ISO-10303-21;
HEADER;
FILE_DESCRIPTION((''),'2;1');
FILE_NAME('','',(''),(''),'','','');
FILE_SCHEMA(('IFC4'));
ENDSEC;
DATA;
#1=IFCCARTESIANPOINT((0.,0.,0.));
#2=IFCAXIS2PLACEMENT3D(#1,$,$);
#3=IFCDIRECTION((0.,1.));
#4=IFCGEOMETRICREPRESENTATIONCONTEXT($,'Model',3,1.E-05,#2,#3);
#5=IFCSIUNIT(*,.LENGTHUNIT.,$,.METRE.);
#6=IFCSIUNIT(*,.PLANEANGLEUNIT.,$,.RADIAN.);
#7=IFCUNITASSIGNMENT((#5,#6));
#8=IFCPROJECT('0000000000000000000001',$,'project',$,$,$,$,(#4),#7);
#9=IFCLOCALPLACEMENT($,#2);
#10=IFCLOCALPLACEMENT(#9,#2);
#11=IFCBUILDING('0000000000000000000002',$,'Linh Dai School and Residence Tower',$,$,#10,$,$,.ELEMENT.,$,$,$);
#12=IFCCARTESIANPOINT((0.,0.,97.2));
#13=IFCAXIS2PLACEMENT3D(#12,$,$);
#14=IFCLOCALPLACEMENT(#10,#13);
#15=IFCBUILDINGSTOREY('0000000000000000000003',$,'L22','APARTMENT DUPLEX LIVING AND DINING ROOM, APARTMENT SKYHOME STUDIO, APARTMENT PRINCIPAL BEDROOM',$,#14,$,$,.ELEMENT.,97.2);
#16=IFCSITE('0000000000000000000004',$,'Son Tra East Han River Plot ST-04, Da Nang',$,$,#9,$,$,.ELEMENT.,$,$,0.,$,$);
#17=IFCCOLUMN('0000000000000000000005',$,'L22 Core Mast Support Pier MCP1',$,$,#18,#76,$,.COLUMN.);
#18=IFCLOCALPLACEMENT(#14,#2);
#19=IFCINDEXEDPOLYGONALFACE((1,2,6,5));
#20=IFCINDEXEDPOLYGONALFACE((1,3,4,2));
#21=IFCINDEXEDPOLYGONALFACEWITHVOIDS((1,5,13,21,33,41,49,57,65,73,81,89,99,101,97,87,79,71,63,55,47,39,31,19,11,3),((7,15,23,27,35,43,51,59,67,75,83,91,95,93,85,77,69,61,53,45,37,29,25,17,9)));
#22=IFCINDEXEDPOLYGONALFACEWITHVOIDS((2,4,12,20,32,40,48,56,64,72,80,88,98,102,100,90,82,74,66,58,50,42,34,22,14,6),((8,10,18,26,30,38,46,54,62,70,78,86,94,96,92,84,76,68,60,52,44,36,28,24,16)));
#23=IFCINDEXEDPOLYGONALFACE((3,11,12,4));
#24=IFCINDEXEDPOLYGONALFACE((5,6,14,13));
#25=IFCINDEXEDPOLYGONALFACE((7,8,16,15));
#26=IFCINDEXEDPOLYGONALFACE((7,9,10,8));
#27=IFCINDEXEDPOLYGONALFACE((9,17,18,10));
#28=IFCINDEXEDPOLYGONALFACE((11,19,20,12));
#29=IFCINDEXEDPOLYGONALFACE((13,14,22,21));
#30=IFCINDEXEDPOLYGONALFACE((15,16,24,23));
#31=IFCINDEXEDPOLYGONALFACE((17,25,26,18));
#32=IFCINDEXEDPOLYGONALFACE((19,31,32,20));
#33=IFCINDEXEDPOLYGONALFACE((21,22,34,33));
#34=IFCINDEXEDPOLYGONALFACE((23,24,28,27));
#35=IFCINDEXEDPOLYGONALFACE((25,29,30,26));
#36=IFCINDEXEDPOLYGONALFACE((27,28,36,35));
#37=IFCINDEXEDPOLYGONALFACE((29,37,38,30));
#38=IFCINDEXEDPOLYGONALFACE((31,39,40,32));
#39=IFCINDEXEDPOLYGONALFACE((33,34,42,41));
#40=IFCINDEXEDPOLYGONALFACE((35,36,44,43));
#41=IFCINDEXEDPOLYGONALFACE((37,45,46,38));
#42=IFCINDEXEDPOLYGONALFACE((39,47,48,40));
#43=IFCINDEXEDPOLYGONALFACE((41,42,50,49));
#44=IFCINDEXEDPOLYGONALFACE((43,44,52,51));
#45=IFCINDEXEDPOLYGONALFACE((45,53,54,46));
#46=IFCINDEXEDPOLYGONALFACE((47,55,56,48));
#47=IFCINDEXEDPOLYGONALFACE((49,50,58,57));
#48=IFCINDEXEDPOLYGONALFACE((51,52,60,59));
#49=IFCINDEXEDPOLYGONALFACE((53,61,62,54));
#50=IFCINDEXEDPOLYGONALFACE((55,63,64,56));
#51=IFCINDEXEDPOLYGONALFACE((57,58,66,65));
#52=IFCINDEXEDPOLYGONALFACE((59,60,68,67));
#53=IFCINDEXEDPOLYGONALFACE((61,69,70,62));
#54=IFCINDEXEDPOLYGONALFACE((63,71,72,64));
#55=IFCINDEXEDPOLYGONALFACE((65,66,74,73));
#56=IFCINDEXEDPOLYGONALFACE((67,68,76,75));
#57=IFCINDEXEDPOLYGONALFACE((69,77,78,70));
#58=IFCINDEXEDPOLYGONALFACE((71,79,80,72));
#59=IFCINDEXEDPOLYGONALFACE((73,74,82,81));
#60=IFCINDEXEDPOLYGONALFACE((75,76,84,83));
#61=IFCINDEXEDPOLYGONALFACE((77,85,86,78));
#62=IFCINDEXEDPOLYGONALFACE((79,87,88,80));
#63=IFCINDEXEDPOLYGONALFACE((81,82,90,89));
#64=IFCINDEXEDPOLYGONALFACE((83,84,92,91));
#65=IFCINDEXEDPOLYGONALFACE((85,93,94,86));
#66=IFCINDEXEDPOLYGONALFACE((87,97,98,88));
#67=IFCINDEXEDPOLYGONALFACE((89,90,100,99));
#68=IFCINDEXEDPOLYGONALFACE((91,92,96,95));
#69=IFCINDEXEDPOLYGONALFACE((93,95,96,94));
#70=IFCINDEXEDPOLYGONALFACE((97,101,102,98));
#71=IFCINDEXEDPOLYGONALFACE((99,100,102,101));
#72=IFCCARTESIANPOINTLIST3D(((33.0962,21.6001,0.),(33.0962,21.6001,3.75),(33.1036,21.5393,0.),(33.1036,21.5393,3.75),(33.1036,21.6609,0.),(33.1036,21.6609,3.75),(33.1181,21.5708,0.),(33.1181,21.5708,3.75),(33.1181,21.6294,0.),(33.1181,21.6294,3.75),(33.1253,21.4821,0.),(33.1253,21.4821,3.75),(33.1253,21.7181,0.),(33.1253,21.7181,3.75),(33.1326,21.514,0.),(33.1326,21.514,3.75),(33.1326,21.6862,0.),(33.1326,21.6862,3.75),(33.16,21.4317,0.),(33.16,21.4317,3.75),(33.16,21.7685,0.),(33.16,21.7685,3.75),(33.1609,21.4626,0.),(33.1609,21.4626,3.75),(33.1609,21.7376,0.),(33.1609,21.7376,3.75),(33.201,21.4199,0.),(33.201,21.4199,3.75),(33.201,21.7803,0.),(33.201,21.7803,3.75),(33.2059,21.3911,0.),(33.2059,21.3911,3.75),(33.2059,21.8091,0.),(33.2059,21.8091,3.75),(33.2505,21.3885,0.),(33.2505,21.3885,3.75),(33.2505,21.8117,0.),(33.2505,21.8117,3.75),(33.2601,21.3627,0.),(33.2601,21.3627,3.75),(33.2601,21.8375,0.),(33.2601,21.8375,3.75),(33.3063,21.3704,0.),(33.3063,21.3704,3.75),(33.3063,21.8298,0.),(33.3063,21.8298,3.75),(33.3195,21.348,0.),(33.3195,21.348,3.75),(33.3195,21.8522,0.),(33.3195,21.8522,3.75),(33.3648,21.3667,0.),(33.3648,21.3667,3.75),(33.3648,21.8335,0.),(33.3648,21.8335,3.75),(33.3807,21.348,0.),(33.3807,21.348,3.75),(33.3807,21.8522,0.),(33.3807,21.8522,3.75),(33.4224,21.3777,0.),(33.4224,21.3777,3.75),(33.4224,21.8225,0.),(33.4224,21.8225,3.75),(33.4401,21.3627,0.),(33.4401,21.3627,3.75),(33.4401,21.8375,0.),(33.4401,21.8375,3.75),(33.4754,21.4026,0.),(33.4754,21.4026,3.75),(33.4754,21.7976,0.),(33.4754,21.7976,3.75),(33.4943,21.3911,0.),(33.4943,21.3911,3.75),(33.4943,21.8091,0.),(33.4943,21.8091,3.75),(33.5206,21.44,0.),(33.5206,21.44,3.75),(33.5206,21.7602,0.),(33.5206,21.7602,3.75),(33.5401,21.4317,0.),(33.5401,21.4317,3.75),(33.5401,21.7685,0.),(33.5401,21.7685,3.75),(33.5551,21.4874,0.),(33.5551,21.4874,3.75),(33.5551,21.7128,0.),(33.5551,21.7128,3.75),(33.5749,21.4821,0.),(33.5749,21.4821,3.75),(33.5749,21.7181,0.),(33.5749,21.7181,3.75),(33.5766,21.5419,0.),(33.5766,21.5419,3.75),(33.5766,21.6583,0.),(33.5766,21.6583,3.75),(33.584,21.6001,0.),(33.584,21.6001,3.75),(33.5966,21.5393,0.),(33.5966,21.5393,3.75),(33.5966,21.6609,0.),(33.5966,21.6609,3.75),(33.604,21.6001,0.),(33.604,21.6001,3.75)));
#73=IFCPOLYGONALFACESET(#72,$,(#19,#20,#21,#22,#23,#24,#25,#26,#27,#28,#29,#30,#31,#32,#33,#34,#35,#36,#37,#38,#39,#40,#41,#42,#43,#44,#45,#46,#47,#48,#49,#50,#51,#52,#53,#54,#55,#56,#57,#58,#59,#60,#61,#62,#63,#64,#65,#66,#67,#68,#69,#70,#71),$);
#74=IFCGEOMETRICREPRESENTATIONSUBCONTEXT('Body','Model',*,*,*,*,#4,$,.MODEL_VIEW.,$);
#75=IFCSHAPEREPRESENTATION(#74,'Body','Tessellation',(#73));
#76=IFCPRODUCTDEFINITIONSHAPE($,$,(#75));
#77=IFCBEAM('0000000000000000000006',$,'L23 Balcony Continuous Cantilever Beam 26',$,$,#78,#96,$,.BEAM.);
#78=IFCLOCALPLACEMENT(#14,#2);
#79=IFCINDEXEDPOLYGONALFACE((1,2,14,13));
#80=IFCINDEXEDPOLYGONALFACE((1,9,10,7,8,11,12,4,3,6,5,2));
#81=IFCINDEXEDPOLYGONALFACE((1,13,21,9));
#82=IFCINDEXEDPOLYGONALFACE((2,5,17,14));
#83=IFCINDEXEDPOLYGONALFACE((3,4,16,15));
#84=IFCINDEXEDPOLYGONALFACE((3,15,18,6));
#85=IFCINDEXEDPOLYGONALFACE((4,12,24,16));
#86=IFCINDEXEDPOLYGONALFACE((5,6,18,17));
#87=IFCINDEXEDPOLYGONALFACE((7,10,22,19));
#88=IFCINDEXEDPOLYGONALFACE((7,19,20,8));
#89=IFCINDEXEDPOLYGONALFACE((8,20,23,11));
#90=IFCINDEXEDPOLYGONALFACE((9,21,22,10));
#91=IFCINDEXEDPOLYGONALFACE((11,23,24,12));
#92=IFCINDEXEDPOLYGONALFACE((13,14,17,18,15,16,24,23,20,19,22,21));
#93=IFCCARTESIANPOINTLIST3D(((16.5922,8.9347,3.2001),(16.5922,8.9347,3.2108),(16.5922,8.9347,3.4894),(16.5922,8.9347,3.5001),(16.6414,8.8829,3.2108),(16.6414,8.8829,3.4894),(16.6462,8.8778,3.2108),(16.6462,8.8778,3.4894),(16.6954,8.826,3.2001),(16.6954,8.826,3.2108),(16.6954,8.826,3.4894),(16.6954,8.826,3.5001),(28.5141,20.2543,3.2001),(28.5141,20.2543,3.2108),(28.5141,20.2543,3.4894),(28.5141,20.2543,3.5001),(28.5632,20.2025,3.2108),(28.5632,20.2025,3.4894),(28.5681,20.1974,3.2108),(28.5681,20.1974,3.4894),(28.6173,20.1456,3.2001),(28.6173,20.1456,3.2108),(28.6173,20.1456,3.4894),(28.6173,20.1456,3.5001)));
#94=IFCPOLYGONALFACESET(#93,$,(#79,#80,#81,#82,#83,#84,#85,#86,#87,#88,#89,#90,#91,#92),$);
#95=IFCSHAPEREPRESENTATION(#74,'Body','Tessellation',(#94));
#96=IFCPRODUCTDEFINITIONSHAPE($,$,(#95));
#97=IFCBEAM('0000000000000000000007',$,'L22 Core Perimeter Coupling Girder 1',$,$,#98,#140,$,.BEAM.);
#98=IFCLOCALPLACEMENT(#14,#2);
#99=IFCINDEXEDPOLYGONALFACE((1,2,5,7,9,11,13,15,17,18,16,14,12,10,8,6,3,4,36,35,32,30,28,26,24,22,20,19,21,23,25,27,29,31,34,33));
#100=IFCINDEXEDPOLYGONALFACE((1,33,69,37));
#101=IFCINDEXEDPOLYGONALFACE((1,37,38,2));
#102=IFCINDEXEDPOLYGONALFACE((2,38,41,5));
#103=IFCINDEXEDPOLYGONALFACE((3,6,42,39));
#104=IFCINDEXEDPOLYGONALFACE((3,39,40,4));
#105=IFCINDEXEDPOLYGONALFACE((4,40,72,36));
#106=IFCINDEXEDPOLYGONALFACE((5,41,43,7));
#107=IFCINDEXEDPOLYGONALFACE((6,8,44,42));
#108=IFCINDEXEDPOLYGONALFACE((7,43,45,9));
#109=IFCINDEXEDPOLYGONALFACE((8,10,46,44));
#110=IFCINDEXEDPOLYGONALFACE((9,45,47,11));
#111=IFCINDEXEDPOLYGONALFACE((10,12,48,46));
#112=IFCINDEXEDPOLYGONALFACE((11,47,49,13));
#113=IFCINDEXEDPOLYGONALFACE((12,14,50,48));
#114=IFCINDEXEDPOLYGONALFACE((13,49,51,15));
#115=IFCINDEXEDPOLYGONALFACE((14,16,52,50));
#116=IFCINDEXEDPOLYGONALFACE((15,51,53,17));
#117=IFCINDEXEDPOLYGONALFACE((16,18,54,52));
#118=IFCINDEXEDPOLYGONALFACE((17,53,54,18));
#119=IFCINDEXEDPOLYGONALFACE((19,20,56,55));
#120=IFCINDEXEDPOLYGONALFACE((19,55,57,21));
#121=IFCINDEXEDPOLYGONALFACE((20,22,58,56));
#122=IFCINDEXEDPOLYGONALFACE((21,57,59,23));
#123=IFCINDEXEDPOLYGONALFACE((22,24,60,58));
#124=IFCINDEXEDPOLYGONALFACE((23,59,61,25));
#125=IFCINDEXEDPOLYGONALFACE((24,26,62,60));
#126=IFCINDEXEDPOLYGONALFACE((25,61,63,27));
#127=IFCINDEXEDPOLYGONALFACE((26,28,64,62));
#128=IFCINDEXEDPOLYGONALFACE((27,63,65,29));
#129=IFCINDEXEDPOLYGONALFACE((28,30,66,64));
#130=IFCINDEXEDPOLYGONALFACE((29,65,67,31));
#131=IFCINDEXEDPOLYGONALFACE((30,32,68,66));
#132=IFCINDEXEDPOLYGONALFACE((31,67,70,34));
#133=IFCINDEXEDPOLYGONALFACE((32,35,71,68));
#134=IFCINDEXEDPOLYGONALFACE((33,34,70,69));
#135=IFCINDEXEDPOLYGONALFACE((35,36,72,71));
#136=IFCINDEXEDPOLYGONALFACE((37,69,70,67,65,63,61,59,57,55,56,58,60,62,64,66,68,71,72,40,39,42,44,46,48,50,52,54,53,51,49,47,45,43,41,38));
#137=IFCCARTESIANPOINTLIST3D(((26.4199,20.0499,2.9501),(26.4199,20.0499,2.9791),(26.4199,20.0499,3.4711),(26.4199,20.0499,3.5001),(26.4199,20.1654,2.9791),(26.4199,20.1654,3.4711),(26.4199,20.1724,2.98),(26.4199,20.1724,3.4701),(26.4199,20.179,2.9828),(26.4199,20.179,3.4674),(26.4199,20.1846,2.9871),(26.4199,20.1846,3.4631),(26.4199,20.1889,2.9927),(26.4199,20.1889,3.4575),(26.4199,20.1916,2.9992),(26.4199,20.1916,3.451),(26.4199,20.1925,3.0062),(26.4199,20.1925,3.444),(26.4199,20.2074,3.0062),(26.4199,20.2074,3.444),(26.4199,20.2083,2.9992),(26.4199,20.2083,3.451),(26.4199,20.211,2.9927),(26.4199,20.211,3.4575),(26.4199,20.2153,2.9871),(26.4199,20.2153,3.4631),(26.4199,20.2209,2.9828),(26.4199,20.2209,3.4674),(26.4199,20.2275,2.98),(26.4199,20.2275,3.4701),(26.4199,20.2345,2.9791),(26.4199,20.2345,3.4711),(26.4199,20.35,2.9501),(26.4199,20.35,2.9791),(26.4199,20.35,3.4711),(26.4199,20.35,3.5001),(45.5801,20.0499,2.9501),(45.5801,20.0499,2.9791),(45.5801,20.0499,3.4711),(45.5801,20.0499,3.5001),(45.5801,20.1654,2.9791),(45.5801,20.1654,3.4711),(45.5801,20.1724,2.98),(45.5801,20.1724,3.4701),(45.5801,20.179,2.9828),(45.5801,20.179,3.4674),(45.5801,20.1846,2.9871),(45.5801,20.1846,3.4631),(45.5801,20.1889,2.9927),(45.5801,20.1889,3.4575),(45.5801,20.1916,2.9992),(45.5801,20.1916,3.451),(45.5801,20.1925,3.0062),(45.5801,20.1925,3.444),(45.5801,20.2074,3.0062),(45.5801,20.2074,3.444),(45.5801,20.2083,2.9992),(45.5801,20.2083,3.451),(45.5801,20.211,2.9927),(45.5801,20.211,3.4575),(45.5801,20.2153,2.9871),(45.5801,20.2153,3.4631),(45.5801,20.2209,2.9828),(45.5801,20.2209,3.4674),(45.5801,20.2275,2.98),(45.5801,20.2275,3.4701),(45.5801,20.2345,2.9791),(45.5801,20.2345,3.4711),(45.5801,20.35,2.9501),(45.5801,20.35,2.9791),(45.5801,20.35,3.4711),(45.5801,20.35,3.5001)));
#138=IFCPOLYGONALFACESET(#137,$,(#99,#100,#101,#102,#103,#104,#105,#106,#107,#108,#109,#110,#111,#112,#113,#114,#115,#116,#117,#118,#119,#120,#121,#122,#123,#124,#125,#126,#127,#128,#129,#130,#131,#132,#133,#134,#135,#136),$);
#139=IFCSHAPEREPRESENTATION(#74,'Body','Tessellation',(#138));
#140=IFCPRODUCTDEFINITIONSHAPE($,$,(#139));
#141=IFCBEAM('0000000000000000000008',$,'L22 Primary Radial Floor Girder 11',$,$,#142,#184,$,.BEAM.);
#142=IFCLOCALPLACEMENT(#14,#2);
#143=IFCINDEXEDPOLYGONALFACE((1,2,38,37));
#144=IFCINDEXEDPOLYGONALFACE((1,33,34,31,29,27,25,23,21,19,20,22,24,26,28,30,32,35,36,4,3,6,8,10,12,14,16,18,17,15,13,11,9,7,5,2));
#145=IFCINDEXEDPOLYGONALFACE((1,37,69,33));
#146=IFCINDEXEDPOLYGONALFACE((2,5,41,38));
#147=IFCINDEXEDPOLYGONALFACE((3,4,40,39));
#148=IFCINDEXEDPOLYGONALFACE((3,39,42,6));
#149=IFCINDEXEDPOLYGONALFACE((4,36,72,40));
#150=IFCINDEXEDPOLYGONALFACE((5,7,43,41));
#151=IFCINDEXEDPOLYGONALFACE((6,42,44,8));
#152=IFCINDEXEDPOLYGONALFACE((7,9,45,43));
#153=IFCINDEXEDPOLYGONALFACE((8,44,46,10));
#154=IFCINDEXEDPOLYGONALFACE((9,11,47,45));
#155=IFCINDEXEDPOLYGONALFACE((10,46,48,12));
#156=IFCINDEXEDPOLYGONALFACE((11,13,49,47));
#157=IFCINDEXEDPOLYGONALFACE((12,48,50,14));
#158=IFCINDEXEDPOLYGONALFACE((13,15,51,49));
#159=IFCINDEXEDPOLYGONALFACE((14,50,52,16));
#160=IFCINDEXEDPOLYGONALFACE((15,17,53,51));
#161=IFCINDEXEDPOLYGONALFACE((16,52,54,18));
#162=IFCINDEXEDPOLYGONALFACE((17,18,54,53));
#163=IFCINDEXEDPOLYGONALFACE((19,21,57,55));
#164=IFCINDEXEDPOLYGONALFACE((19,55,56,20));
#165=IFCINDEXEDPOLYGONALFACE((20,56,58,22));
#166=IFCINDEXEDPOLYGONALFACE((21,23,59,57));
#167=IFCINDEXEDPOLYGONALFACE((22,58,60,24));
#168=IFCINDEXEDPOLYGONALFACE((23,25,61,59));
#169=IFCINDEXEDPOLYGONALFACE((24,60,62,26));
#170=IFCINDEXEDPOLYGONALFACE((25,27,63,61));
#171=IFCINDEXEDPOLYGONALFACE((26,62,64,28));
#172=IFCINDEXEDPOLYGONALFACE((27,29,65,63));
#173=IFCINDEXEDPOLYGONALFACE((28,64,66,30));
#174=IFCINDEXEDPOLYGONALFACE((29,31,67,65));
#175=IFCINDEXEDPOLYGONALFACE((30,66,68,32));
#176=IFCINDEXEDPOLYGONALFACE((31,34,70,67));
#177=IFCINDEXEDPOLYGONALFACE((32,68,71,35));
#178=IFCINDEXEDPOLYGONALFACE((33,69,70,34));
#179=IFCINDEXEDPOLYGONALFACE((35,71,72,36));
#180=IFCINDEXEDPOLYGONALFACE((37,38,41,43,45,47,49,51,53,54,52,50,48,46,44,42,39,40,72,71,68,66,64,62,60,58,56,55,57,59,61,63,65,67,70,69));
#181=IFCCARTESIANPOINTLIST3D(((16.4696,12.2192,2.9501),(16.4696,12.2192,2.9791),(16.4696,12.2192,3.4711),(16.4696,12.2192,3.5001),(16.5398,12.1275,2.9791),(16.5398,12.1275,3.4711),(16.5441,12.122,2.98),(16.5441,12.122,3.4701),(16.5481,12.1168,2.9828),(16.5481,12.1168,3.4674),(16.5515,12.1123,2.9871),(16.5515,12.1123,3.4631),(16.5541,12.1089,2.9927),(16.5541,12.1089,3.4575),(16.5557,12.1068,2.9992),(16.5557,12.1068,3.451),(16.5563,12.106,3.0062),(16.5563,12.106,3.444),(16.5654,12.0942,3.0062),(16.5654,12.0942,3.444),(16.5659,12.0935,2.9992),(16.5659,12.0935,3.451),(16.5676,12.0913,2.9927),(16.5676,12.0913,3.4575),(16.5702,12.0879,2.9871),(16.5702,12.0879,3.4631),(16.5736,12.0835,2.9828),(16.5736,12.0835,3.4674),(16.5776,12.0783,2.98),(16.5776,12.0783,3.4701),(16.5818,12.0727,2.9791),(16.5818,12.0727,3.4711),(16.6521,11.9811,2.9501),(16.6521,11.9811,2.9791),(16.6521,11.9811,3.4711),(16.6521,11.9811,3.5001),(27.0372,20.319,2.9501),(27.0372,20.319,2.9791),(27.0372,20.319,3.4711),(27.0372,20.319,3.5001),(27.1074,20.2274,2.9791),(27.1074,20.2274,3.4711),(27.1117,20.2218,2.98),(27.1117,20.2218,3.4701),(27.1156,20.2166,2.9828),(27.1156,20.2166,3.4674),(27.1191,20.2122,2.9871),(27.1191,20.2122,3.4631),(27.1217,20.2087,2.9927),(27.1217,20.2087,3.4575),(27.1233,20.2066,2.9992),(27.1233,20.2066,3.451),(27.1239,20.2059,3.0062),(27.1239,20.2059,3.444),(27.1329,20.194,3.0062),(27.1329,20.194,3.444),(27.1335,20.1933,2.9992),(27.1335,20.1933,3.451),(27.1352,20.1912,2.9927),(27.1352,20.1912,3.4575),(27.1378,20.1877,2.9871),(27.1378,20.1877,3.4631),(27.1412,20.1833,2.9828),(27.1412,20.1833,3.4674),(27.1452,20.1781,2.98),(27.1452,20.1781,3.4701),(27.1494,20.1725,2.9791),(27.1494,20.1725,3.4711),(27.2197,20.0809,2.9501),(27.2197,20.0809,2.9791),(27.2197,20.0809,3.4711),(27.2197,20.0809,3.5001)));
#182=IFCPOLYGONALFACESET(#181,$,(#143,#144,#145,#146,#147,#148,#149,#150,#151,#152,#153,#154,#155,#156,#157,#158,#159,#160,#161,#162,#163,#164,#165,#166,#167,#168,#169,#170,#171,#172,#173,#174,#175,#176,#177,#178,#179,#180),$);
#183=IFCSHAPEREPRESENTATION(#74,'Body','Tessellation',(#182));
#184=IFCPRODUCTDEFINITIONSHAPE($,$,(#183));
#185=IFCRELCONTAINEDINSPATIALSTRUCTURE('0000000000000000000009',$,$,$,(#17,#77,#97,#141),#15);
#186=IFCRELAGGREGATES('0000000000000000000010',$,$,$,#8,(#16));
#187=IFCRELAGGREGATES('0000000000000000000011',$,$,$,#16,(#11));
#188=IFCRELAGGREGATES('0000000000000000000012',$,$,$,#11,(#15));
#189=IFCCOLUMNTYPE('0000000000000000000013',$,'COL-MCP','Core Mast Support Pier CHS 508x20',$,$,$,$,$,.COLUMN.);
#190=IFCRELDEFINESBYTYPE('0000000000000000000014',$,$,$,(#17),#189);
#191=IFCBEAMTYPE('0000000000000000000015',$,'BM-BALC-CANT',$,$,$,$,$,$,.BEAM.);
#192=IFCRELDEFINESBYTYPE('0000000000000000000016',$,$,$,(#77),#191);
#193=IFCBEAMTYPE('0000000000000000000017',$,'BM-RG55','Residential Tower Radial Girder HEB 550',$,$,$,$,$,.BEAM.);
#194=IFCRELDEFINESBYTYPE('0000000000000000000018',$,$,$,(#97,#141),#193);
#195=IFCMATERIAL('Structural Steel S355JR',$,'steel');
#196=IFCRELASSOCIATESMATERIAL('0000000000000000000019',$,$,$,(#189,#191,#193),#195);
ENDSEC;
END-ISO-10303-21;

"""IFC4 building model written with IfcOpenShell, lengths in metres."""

from ifc_helpers import new_model, si_unit, direction, frame, origin, origin_2d, place, context, subcontext, project, spatial, hollow_circle, i_section, extrude, material, material_profile, profile_set, type_object, element, save


model = new_model("IFC4")

# Units and contexts
model_context = context("Model", 3, precision=1e-05, world=origin(), true_north=direction((0.0, 1.0)))
body_context = subcontext(model_context, "Body", "Model", "MODEL_VIEW")
ifc_project = project(units=[si_unit("LENGTHUNIT", "METRE"), si_unit("PLANEANGLEUNIT", "RADIAN")], contexts=[model_context])

# Site, building, storey
site_placement = place(None, origin())
site = spatial("IfcSite", under=ifc_project, at=site_placement, Name="Son Tra East Han River Plot ST-04, Da Nang", CompositionType="ELEMENT", RefElevation=0.0)
building_placement = place(site_placement, origin())
building = spatial("IfcBuilding", under=site, at=building_placement, Name="Linh Dai School and Residence Tower", CompositionType="ELEMENT")
storey_placement = place(building_placement, frame((0.0, 0.0, 97.2)))
storey = spatial("IfcBuildingStorey", under=building, at=storey_placement, Name="L22", Description="APARTMENT DUPLEX LIVING AND DINING ROOM, APARTMENT SKYHOME STUDIO, APARTMENT PRINCIPAL BEDROOM", CompositionType="ELEMENT", Elevation=97.2)

# Column
ifc_material_1 = material(Name="Structural Steel S355JR", Category="steel")
ifc_material_profile_1 = material_profile(ifc_material_1, hollow_circle(Radius=0.2539, WallThickness=0.02, at=origin_2d()), Name="CHS 508x20")
ifc_profile_set_1 = profile_set([ifc_material_profile_1], Name="Structural Steel S355JR")
column_type = type_object("IfcColumnType", Name="COL-MCP", Description="Core Mast Support Pier CHS 508x20", PredefinedType="COLUMN", material=ifc_profile_set_1)
column_placement = place(storey_placement, frame((33.3501, 21.6001, 0.0), z_axis=(0.0, 0.0, 1.0), x_axis=(1.0, 0.0, 0.0)))
element("IfcColumn", 1, at=column_placement, inside=storey, type_object=column_type, Name="L22 Core Mast Support Pier MCP1", PredefinedType="COLUMN", context=body_context, shape_type="SweptSolid", body=[
    extrude(hollow_circle(Radius=0.2539, WallThickness=0.02, at=origin_2d()), origin(), (0.0, 0.0, 1.0), 3.75),
])

# Beams
ifc_material_profile_2 = material_profile(ifc_material_1, i_section(OverallWidth=0.1499, OverallDepth=0.3, WebThickness=0.0071, FlangeThickness=0.0107, at=origin_2d()), Name="IPE 300")
ifc_profile_set_2 = profile_set([ifc_material_profile_2], Name="Structural Steel S355JR")
beam_type_1 = type_object("IfcBeamType", Name="BM-BALC-CANT", PredefinedType="BEAM", material=ifc_profile_set_2)
beam_1_placement = place(storey_placement, frame((28.5657, 20.2, 3.3501), z_axis=(-0.725188, -0.688551, 0.0), x_axis=(0.688551, -0.725188, 0.0)))
element("IfcBeam", 2, at=beam_1_placement, inside=storey, type_object=beam_type_1, Name="L23 Balcony Continuous Cantilever Beam 26", PredefinedType="BEAM", context=body_context, shape_type="SweptSolid", body=[
    extrude(i_section(OverallWidth=0.1499, OverallDepth=0.3, WebThickness=0.0071, FlangeThickness=0.0107, at=origin_2d()), origin(), (0.0, 0.0, 1.0), 16.4397),
])
ifc_material_profile_3 = material_profile(ifc_material_1, i_section(OverallWidth=0.3, OverallDepth=0.55, WebThickness=0.0149, FlangeThickness=0.0291, FilletRadius=0.0271, at=origin_2d()), Name="HEB 550")
ifc_profile_set_3 = profile_set([ifc_material_profile_3], Name="Structural Steel S355JR")
beam_type_2 = type_object("IfcBeamType", Name="BM-RG55", Description="Residential Tower Radial Girder HEB 550", PredefinedType="BEAM", material=ifc_profile_set_3)
beam_2_placement = place(storey_placement, frame((26.4199, 20.2, 3.2251), z_axis=(1.0, 0.0, 0.0), x_axis=(0.0, 1.0, 0.0)))
element("IfcBeam", 3, at=beam_2_placement, inside=storey, type_object=beam_type_2, Name="L22 Core Perimeter Coupling Girder 1", PredefinedType="BEAM", context=body_context, shape_type="SweptSolid", body=[
    extrude(i_section(OverallWidth=0.3, OverallDepth=0.55, WebThickness=0.0149, FlangeThickness=0.0291, FilletRadius=0.0271, at=origin_2d()), origin(), (0.0, 0.0, 1.0), 19.1602),
])
beam_3_placement = place(storey_placement, frame((27.1284, 20.2, 3.2251), z_axis=(-0.793679, -0.608337, 0.0), x_axis=(0.608337, -0.793679, 0.0)))
element("IfcBeam", 4, at=beam_3_placement, inside=storey, type_object=beam_type_2, Name="L22 Primary Radial Floor Girder 11", PredefinedType="BEAM", context=body_context, shape_type="SweptSolid", body=[
    extrude(i_section(OverallWidth=0.3, OverallDepth=0.55, WebThickness=0.0149, FlangeThickness=0.0291, FilletRadius=0.0271, at=origin_2d()), origin(), (0.0, 0.0, 1.0), 13.3147),
])

save(model, "model.ifc")
